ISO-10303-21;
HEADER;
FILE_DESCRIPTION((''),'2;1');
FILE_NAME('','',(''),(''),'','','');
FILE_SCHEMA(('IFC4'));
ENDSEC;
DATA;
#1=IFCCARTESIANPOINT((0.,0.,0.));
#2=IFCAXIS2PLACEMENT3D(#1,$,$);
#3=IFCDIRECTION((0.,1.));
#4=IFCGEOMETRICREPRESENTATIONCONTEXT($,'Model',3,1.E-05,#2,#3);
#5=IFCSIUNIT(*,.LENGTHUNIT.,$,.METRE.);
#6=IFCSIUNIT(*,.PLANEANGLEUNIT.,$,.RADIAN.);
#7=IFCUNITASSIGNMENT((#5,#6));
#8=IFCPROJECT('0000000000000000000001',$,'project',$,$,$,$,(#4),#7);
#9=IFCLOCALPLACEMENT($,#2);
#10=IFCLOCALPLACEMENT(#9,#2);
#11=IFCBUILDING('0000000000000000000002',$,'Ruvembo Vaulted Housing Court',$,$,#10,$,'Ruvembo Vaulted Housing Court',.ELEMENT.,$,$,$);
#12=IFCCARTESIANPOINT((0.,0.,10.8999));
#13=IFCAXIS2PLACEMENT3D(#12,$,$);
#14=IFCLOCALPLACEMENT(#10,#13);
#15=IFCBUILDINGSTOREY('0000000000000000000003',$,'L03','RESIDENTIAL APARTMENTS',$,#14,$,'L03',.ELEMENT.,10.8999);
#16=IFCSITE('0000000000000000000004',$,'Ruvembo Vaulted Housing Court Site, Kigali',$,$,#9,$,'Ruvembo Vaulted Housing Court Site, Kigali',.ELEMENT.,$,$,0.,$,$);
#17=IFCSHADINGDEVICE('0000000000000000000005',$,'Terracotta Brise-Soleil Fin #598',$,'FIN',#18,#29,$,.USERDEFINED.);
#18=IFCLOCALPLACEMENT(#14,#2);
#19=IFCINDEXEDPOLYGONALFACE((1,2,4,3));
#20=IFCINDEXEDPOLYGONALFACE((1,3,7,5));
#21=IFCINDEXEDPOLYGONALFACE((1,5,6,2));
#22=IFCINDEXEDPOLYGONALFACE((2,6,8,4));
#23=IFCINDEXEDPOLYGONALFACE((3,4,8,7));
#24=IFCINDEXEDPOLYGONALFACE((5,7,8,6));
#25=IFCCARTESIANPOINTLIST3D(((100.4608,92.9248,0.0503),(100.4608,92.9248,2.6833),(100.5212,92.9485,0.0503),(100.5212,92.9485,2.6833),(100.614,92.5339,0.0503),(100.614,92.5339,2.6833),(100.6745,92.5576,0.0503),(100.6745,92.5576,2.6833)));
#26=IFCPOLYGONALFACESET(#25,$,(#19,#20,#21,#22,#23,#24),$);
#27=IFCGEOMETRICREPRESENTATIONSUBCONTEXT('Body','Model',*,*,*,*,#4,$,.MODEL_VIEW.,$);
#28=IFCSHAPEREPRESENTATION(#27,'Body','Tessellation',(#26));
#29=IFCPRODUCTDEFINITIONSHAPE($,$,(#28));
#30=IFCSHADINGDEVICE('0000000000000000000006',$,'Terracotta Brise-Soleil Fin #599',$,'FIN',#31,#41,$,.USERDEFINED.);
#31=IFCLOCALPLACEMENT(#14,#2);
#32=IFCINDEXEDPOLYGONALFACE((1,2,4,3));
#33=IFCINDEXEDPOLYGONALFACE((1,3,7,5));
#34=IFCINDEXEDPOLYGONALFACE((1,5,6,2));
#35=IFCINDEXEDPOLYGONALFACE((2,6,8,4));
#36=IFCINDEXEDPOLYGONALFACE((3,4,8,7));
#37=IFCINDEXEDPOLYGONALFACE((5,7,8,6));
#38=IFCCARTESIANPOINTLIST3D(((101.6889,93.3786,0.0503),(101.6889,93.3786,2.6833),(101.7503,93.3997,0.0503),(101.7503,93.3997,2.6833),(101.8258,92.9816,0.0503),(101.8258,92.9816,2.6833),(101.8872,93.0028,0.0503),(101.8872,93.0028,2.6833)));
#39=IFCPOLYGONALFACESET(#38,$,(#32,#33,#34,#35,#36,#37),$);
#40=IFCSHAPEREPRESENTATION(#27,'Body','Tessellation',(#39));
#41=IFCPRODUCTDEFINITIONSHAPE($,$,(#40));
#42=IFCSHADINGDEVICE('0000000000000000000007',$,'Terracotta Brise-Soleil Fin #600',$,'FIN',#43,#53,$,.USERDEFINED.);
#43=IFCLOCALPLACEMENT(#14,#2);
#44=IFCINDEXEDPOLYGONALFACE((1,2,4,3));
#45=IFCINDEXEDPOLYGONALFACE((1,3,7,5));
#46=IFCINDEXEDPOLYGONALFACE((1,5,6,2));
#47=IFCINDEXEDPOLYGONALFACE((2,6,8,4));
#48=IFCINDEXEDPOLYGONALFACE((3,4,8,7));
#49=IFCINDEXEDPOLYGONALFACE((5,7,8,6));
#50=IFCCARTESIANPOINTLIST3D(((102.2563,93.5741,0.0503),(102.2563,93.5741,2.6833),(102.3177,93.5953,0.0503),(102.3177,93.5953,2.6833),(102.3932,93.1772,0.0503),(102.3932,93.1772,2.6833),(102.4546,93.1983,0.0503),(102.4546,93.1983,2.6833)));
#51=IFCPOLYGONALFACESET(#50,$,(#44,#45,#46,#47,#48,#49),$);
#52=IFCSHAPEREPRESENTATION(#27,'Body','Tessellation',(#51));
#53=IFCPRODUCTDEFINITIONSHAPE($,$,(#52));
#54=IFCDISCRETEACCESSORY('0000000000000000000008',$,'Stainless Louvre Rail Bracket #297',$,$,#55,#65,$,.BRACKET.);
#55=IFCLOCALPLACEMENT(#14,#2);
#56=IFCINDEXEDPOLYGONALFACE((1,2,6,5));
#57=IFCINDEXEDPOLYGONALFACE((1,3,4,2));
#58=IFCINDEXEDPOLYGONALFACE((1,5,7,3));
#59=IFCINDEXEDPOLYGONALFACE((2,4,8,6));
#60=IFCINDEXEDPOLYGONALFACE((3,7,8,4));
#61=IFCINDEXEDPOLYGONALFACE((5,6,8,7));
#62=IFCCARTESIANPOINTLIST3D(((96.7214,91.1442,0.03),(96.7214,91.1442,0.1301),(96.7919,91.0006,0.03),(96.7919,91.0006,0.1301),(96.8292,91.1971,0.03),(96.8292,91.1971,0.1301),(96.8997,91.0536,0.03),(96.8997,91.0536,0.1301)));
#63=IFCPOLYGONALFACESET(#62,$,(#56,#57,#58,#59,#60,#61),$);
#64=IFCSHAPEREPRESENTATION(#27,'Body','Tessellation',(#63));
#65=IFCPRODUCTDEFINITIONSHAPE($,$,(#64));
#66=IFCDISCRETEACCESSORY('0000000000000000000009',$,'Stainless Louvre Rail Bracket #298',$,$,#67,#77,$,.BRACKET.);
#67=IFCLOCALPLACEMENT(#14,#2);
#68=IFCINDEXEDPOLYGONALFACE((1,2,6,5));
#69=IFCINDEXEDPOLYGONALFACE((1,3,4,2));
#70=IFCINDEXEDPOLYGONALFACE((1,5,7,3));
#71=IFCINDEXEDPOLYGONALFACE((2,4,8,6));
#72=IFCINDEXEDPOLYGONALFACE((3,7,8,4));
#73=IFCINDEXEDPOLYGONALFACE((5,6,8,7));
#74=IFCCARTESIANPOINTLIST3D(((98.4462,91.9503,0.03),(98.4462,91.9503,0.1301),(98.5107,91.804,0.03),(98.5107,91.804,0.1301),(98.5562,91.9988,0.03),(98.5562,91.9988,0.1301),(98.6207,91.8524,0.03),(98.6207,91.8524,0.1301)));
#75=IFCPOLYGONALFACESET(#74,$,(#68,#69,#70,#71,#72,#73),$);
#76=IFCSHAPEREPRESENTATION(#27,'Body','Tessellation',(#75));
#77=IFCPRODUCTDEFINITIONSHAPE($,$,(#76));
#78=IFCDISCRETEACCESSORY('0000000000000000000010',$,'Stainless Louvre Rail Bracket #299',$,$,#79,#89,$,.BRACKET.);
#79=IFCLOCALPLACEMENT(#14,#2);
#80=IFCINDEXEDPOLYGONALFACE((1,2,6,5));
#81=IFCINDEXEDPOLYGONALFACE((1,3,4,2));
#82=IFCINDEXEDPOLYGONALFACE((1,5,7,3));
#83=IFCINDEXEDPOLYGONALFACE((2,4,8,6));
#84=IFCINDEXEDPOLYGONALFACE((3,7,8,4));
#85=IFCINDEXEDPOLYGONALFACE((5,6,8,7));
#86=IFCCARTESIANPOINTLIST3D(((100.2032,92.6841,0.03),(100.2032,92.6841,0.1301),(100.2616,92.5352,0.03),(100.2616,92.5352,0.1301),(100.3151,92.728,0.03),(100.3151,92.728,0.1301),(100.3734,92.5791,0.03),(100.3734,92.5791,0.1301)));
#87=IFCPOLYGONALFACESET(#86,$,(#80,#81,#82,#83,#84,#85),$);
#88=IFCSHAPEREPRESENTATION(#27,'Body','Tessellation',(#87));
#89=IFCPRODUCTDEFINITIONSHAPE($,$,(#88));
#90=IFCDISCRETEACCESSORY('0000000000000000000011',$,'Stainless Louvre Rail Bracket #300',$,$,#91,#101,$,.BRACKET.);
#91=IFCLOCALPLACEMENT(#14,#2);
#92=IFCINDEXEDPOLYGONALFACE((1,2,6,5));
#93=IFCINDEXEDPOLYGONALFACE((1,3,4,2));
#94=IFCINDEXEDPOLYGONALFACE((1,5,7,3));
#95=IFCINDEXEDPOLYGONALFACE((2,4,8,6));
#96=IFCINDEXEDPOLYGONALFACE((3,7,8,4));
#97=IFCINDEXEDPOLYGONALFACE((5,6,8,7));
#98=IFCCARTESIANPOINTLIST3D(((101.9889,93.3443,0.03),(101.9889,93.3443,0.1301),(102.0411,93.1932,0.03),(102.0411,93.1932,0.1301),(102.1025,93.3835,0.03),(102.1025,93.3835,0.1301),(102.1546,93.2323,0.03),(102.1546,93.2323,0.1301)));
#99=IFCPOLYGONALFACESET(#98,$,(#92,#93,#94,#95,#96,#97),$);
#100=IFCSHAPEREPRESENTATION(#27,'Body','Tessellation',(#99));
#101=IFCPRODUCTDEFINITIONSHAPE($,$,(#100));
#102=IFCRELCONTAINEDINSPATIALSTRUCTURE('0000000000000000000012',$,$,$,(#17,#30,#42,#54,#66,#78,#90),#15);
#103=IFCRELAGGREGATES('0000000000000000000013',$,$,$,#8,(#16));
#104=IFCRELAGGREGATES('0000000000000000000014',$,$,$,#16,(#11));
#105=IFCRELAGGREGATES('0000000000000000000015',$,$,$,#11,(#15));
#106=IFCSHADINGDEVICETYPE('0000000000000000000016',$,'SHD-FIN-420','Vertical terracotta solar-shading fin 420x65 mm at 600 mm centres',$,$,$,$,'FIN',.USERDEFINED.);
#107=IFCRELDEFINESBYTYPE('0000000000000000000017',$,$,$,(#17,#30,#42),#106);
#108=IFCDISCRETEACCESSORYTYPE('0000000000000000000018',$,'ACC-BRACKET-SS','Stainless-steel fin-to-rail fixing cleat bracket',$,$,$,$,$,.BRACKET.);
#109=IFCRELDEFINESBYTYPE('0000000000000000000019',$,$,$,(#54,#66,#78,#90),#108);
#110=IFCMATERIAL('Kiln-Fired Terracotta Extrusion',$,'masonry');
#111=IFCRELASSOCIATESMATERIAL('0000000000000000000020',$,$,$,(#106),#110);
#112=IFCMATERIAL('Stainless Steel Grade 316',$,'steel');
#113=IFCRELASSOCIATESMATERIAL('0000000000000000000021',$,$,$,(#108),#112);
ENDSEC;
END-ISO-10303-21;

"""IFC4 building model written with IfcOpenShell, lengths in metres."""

from ifc_helpers import new_model, si_unit, direction, frame, origin, origin_2d, place, context, subcontext, project, spatial, rectangle, extrude, material, type_object, element, save


model = new_model("IFC4")

# Units and contexts
model_context = context("Model", 3, precision=1e-05, world=origin(), true_north=direction((0.0, 1.0)))
body_context = subcontext(model_context, "Body", "Model", "MODEL_VIEW")
ifc_project = project(units=[si_unit("LENGTHUNIT", "METRE"), si_unit("PLANEANGLEUNIT", "RADIAN")], contexts=[model_context])

# Site, building, storey
site_placement = place(None, origin())
site = spatial("IfcSite", under=ifc_project, at=site_placement, Name="Ruvembo Vaulted Housing Court Site, Kigali", LongName="Ruvembo Vaulted Housing Court Site, Kigali", CompositionType="ELEMENT", RefElevation=0.0)
building_placement = place(site_placement, origin())
building = spatial("IfcBuilding", under=site, at=building_placement, Name="Ruvembo Vaulted Housing Court", LongName="Ruvembo Vaulted Housing Court", CompositionType="ELEMENT")
storey_placement = place(building_placement, frame((0.0, 0.0, 10.8999)))
storey = spatial("IfcBuildingStorey", under=building, at=storey_placement, Name="L03", Description="RESIDENTIAL APARTMENTS", LongName="L03", CompositionType="ELEMENT", Elevation=10.8999)

# Shading devices
ifc_material_1 = material(Name="Kiln-Fired Terracotta Extrusion", Category="masonry")
shading_device_type = type_object("IfcShadingDeviceType", Name="SHD-FIN-420", Description="Vertical terracotta solar-shading fin 420x65 mm at 600 mm centres", ElementType="FIN", PredefinedType="USERDEFINED", material=ifc_material_1)
for number, where, z_axis, x_axis, name in (
    (1, (100.5676, 92.7412, 0.0503), (0.0, 0.0, 1.0), (0.364958, -0.931024, 0.0), "Terracotta Brise-Soleil Fin #598"),
    (2, (101.7881, 93.1907, 0.0503), (0.0, 0.0, 1.0), (0.32603, -0.945359, 0.0), "Terracotta Brise-Soleil Fin #599"),
    (3, (102.3555, 93.3862, 0.0503), (0.0, 0.0, 1.0), (0.32603, -0.945359, 0.0), "Terracotta Brise-Soleil Fin #600"),
):
    element("IfcShadingDevice", number, at=place(storey_placement, frame(where, z_axis=z_axis, x_axis=x_axis)), inside=storey, type_object=shading_device_type, Name=name, ObjectType="FIN", PredefinedType="USERDEFINED", context=body_context, shape_type="SweptSolid", body=[
        extrude(rectangle(XDim=0.4199, YDim=0.0649, at=origin_2d()), origin(), (0.0, 0.0, 1.0), 2.6331),
    ])

# Discrete accessories
ifc_material_2 = material(Name="Stainless Steel Grade 316", Category="steel")
discrete_accessory_type = type_object("IfcDiscreteAccessoryType", Name="ACC-BRACKET-SS", Description="Stainless-steel fin-to-rail fixing cleat bracket", PredefinedType="BRACKET", material=ifc_material_2)
for number, where, z_axis, x_axis, name in (
    (4, (96.8105, 91.0989, 0.03), (0.0, 0.0, 1.0), (0.440911, -0.897551, 0.0), "Stainless Louvre Rail Bracket #297"),
    (5, (98.5334, 91.9014, 0.03), (0.0, 0.0, 1.0), (0.403306, -0.915065, 0.0), "Stainless Louvre Rail Bracket #298"),
    (6, (100.2883, 92.6316, 0.03), (0.0, 0.0, 1.0), (0.364958, -0.931024, 0.0), "Stainless Louvre Rail Bracket #299"),
    (7, (102.0718, 93.2883, 0.03), (0.0, 0.0, 1.0), (0.32603, -0.945359, 0.0), "Stainless Louvre Rail Bracket #300"),
):
    element("IfcDiscreteAccessory", number, at=place(storey_placement, frame(where, z_axis=z_axis, x_axis=x_axis)), inside=storey, type_object=discrete_accessory_type, Name=name, PredefinedType="BRACKET", context=body_context, shape_type="SweptSolid", body=[
        extrude(rectangle(XDim=0.1599, YDim=0.1201, at=origin_2d()), origin(), (0.0, 0.0, 1.0), 0.1001),
    ])

save(model, "model.ifc")
